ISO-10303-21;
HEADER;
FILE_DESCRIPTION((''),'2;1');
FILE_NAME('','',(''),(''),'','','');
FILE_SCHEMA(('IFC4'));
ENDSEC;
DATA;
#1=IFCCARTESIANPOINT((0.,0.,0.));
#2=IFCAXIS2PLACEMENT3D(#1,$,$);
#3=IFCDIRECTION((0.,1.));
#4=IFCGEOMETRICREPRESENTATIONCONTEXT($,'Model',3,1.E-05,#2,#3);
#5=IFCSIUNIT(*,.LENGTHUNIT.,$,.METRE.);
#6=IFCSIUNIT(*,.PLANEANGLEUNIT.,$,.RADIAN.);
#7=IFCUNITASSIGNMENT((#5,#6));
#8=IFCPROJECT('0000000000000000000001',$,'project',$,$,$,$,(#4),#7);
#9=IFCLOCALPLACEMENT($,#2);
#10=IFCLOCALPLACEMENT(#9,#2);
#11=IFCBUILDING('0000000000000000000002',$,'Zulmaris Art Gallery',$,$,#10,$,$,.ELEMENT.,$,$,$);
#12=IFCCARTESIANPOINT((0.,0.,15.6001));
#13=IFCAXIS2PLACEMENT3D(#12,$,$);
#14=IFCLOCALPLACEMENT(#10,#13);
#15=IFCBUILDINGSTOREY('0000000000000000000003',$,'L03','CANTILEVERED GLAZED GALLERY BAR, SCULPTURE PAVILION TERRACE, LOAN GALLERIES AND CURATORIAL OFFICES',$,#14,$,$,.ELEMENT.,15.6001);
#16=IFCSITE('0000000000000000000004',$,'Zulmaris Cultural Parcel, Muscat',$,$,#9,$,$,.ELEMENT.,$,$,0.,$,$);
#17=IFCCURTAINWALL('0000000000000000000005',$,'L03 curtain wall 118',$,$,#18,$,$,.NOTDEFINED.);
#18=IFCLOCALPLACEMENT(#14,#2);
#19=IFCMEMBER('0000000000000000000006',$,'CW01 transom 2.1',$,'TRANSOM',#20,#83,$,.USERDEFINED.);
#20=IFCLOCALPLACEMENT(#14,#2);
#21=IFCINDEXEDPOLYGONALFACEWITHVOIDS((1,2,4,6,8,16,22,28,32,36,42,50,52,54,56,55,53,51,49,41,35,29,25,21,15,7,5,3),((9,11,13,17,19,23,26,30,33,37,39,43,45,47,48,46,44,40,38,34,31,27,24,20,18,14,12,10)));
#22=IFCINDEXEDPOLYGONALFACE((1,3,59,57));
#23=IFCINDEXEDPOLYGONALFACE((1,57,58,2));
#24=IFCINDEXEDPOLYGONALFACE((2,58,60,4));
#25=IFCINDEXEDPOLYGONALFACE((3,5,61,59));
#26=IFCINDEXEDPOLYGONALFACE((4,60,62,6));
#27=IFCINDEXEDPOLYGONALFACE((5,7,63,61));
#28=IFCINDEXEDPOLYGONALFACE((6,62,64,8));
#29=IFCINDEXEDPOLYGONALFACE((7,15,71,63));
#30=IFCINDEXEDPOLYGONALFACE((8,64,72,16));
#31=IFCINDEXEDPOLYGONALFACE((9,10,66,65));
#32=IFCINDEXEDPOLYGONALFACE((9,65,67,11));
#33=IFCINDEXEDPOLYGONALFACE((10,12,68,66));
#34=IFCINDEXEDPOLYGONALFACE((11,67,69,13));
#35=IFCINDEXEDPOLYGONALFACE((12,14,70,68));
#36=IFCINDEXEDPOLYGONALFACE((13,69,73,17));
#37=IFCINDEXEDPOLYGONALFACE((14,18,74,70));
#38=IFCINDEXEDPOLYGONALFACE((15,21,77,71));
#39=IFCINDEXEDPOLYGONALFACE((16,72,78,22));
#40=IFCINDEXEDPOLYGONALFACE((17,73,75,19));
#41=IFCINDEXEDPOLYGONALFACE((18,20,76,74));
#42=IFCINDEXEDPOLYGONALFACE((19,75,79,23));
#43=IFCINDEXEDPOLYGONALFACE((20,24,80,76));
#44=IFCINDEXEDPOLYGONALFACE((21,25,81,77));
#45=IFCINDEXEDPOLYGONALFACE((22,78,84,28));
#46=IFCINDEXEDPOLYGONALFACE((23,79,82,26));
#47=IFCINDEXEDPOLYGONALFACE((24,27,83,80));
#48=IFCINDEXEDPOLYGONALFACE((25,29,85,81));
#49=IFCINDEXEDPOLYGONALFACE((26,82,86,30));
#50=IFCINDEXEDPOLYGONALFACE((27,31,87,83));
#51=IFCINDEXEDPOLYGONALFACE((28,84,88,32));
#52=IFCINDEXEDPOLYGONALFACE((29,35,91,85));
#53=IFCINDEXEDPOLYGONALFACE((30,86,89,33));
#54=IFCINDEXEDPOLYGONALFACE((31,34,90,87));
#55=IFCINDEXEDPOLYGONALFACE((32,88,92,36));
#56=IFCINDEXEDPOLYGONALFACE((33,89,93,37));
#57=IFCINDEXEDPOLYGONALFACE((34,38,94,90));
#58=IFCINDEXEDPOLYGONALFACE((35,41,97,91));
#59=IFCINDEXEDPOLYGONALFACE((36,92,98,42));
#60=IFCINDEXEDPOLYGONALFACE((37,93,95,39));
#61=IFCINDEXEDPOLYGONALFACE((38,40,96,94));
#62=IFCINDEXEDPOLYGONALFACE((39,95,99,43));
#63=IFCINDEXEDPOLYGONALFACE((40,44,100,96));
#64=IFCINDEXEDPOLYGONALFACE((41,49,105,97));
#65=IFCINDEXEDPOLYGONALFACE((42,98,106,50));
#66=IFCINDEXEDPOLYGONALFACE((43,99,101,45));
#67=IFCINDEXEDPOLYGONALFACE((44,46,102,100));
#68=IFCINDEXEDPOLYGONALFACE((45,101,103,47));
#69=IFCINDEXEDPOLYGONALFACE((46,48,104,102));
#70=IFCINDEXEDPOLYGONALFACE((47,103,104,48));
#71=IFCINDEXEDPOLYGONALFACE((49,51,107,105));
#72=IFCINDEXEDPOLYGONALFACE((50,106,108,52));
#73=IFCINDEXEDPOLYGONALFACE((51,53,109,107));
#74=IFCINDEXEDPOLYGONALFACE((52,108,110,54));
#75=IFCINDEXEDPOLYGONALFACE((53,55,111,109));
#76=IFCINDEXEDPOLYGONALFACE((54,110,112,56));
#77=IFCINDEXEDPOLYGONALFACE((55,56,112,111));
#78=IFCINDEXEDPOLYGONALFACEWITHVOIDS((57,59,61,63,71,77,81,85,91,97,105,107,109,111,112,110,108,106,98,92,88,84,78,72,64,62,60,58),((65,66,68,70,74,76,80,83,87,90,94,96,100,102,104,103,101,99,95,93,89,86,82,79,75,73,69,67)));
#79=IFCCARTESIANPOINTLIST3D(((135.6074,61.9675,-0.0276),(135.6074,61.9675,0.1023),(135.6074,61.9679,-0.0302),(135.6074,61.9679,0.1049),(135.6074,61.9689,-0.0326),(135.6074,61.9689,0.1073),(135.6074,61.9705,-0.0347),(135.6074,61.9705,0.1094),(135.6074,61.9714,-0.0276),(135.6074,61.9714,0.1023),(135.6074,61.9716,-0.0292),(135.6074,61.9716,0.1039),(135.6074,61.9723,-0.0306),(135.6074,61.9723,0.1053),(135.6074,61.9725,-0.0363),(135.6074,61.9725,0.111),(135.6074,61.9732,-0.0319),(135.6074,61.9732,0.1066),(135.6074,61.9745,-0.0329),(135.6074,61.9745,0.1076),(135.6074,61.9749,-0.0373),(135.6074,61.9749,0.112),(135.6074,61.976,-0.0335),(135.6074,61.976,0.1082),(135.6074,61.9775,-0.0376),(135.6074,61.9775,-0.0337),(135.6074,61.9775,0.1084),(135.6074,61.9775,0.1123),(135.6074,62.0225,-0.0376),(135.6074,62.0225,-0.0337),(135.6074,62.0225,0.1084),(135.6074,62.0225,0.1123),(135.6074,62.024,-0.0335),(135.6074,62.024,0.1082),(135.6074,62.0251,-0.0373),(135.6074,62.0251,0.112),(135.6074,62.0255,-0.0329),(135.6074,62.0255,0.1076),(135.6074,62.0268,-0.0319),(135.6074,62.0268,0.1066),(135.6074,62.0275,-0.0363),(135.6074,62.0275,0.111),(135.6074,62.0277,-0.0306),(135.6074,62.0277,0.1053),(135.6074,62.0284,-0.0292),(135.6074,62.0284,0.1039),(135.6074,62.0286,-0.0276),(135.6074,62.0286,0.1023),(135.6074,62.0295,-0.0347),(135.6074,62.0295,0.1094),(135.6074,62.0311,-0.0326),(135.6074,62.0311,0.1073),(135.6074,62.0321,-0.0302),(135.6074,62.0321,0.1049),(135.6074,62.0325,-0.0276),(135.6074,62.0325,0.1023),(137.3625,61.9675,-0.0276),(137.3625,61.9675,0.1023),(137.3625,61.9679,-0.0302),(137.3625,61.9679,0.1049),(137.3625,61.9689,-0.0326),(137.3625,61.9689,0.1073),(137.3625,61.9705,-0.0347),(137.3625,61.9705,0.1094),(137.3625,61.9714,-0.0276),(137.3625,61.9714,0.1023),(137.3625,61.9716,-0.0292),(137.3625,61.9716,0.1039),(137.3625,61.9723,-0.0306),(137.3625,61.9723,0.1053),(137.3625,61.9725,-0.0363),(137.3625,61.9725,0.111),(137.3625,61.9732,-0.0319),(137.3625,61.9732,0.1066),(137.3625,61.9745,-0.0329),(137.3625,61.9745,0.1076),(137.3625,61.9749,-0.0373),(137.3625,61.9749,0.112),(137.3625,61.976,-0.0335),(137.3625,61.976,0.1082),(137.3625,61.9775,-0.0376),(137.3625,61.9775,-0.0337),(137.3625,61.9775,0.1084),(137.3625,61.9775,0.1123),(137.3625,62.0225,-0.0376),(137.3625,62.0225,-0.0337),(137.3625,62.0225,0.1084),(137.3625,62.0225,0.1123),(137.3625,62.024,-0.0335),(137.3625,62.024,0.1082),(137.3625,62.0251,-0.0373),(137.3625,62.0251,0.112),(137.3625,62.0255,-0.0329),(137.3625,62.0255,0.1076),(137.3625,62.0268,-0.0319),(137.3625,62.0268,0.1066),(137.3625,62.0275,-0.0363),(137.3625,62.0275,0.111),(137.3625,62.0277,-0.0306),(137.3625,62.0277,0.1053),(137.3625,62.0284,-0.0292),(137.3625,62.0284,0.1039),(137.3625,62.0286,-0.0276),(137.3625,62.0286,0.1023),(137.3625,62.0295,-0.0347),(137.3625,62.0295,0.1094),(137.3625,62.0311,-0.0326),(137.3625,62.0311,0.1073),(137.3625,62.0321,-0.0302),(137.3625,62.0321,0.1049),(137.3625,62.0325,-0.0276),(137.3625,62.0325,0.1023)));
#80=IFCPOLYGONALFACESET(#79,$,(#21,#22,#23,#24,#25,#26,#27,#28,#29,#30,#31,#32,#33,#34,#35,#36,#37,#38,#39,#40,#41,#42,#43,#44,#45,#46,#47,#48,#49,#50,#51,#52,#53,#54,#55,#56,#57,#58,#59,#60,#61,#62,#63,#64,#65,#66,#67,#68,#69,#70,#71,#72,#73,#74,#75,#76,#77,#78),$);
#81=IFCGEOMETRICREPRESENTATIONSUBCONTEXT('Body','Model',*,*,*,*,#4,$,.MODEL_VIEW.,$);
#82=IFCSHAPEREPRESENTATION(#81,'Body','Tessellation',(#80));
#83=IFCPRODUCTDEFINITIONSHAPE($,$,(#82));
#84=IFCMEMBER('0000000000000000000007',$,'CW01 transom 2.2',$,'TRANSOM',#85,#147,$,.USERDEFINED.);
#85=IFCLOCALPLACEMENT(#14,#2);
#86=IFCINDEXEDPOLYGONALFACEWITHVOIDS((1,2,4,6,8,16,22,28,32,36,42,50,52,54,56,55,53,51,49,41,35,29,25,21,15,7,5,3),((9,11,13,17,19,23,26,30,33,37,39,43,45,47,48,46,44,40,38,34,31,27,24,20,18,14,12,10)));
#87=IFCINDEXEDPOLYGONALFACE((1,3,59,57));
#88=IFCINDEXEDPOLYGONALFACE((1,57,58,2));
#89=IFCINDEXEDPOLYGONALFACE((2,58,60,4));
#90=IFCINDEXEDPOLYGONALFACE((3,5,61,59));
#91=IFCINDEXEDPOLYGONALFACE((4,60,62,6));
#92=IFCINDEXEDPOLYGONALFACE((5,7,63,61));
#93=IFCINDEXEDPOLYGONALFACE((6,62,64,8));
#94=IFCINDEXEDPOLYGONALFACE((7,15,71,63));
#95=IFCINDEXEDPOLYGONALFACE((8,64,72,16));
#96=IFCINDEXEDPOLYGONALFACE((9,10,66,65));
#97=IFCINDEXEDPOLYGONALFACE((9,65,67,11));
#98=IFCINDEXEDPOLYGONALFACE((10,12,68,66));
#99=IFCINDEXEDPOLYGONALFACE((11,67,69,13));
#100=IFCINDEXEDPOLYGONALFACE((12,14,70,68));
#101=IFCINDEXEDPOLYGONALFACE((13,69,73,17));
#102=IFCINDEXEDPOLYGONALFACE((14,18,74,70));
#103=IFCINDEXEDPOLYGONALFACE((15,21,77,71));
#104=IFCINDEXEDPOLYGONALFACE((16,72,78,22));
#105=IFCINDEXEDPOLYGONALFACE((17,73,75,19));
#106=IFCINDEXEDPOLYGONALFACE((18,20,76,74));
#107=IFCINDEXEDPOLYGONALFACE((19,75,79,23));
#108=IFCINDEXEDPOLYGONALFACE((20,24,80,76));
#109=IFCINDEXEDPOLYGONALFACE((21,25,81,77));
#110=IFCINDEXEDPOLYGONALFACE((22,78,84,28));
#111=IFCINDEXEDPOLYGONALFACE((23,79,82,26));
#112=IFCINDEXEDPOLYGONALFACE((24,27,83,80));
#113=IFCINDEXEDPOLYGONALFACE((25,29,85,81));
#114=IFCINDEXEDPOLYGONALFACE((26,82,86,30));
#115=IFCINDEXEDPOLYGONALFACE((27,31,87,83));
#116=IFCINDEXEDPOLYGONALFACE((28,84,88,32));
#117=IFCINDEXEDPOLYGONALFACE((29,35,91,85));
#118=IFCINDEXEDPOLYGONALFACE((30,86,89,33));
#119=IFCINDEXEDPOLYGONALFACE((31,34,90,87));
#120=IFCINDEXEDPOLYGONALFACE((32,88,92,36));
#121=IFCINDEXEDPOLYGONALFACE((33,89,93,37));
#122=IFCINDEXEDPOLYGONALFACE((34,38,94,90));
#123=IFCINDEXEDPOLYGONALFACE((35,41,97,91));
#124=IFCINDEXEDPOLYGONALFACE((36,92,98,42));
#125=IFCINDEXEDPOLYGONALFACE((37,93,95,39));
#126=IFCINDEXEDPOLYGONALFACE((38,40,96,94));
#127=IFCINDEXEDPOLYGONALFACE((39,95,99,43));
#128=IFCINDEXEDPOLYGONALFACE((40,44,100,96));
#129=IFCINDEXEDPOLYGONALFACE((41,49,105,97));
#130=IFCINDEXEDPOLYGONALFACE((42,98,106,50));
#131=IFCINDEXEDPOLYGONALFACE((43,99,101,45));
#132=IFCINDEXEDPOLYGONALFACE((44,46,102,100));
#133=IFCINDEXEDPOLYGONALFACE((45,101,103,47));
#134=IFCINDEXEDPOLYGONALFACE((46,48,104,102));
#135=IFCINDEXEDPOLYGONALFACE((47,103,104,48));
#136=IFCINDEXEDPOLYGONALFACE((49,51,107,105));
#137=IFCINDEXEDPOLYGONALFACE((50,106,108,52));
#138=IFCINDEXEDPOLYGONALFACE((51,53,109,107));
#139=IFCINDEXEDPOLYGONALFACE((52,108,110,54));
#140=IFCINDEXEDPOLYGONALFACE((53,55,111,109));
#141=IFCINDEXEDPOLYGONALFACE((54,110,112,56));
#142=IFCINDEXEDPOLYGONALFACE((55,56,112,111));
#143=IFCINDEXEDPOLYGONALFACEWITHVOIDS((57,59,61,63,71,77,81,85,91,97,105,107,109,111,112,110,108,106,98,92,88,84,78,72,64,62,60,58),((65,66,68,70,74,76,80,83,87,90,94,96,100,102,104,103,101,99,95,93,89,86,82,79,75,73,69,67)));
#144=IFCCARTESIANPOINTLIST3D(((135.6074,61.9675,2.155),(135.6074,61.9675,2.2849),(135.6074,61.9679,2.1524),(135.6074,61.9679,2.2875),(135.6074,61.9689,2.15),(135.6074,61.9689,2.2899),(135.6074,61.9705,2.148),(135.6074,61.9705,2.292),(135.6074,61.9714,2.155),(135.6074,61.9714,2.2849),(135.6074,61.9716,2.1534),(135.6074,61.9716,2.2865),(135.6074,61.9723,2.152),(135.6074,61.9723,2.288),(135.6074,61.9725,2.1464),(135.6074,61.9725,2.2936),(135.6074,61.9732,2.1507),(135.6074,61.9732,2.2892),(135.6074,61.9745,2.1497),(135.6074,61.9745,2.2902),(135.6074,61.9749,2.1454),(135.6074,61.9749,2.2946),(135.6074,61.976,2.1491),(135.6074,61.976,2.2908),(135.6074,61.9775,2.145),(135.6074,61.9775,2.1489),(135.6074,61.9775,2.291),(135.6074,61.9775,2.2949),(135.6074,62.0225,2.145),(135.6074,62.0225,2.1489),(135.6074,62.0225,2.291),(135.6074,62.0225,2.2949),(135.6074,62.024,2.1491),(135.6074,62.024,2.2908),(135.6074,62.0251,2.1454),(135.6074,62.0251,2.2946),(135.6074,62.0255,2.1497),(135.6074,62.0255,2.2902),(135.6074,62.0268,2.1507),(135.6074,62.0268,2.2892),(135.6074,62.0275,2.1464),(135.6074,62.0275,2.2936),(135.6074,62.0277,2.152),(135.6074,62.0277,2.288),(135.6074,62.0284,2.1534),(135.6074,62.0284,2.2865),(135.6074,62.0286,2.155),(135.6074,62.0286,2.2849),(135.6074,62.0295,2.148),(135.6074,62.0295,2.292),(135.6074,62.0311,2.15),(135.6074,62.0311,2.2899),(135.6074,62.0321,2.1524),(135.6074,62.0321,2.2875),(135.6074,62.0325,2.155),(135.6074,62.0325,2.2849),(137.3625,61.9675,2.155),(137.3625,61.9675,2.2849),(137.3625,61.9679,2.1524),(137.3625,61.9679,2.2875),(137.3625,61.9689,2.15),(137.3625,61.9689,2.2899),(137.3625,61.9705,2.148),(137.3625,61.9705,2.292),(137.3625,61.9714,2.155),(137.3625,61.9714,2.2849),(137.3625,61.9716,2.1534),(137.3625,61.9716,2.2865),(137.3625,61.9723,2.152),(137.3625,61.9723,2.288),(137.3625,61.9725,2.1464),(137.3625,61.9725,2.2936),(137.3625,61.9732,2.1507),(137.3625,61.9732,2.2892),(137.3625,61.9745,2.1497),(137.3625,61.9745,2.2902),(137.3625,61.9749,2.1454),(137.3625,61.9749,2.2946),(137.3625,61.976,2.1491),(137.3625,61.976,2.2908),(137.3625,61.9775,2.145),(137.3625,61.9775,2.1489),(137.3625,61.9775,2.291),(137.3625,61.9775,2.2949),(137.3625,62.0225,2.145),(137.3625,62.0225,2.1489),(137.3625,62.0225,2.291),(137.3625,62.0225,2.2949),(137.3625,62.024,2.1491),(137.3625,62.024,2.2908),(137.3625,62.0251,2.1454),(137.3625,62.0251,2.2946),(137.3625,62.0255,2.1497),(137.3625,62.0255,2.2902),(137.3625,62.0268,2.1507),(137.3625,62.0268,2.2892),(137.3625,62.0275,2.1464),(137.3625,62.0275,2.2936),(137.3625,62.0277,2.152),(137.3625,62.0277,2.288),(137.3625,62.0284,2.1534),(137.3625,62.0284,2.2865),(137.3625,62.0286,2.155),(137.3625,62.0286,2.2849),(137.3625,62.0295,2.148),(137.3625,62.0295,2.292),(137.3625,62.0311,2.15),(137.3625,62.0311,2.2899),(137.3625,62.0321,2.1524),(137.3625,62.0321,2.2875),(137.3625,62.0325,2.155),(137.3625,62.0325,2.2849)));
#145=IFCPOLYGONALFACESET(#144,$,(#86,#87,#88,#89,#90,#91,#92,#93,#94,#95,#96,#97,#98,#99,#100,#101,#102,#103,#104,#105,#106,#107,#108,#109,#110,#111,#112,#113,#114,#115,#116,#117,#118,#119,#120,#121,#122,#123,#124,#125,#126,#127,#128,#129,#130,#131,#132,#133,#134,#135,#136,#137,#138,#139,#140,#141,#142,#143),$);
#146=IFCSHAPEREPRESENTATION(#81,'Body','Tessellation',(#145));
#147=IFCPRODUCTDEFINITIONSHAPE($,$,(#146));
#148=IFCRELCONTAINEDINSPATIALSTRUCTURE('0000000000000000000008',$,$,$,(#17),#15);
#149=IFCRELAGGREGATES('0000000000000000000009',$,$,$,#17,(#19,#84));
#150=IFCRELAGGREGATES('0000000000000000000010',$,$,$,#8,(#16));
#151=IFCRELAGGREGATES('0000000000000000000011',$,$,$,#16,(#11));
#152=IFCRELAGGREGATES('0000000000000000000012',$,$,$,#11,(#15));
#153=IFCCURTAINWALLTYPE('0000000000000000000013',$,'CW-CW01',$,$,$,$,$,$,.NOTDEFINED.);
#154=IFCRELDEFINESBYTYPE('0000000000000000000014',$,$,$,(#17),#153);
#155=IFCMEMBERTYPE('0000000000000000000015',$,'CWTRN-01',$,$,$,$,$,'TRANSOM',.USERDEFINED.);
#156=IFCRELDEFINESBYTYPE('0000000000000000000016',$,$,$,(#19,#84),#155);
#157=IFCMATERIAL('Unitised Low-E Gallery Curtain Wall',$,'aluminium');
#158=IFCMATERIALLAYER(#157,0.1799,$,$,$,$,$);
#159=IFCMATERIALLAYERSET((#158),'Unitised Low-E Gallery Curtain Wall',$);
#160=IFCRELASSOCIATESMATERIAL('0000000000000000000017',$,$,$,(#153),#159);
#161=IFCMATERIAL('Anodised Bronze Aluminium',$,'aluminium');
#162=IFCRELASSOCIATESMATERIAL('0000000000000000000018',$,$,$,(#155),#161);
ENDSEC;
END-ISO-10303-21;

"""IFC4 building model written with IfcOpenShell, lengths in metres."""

from ifc_helpers import new_model, si_unit, direction, frame, origin, origin_2d, place, context, subcontext, project, spatial, hollow_rectangle, extrude, material, layer, layer_set, material_profile, profile_set, type_object, element, aggregate, save


model = new_model("IFC4")

# Units and contexts
model_context = context("Model", 3, precision=1e-05, world=origin(), true_north=direction((0.0, 1.0)))
body_context = subcontext(model_context, "Body", "Model", "MODEL_VIEW")
ifc_project = project(units=[si_unit("LENGTHUNIT", "METRE"), si_unit("PLANEANGLEUNIT", "RADIAN")], contexts=[model_context])

# Site, building, storey
site_placement = place(None, origin())
site = spatial("IfcSite", under=ifc_project, at=site_placement, Name="Zulmaris Cultural Parcel, Muscat", CompositionType="ELEMENT", RefElevation=0.0)
building_placement = place(site_placement, origin())
building = spatial("IfcBuilding", under=site, at=building_placement, Name="Zulmaris Art Gallery", CompositionType="ELEMENT")
storey_placement = place(building_placement, frame((0.0, 0.0, 15.6001)))
storey = spatial("IfcBuildingStorey", under=building, at=storey_placement, Name="L03", Description="CANTILEVERED GLAZED GALLERY BAR, SCULPTURE PAVILION TERRACE, LOAN GALLERIES AND CURATORIAL OFFICES", CompositionType="ELEMENT", Elevation=15.6001)

# Curtain wall
ifc_material_1 = material(Name="Unitised Low-E Gallery Curtain Wall", Category="aluminium")
ifc_layer_1 = layer(ifc_material_1, 0.1799)
ifc_layer_set_1 = layer_set([ifc_layer_1], Name="Unitised Low-E Gallery Curtain Wall")
curtain_wall_type = type_object("IfcCurtainWallType", Name="CW-CW01", PredefinedType="NOTDEFINED", material=ifc_layer_set_1)
ifc_material_2 = material(Name="Anodised Bronze Aluminium", Category="aluminium")
curtain_wall_1_placement = place(storey_placement, origin())
curtain_wall_1 = element("IfcCurtainWall", 1, at=curtain_wall_1_placement, inside=storey, type_object=curtain_wall_type, Name="L03 curtain wall 118", PredefinedType="NOTDEFINED")

# Members
ifc_material_profile_1 = material_profile(ifc_material_2, hollow_rectangle(XDim=0.0649, YDim=0.1499, WallThickness=0.0039, InnerFilletRadius=0.0061, OuterFilletRadius=0.01, at=origin_2d()), Name="ALU 65x150x4")
ifc_profile_set_1 = profile_set([ifc_material_profile_1], Name="Anodised Bronze Aluminium")
member_type_1 = type_object("IfcMemberType", Name="CWTRN-01", ElementType="TRANSOM", PredefinedType="USERDEFINED", material=ifc_profile_set_1)
member_1_placement = place(storey_placement, frame((135.6074, 62.0, 0.0374), z_axis=(1.0, 0.0, 0.0), x_axis=(0.0, 1.0, 0.0)))
member_1 = element("IfcMember", 2, at=member_1_placement, type_object=member_type_1, Name="CW01 transom 2.1", ObjectType="TRANSOM", PredefinedType="USERDEFINED", context=body_context, shape_type="SweptSolid", body=[
    extrude(hollow_rectangle(XDim=0.0649, YDim=0.1499, WallThickness=0.0039, InnerFilletRadius=0.0061, OuterFilletRadius=0.01, at=origin_2d()), origin(), (0.0, 0.0, 1.0), 1.7551),
])
member_2_placement = place(storey_placement, frame((135.6074, 62.0, 2.22), z_axis=(1.0, 0.0, 0.0), x_axis=(0.0, 1.0, 0.0)))
member_2 = element("IfcMember", 3, at=member_2_placement, type_object=member_type_1, Name="CW01 transom 2.2", ObjectType="TRANSOM", PredefinedType="USERDEFINED", context=body_context, shape_type="SweptSolid", body=[
    extrude(hollow_rectangle(XDim=0.0649, YDim=0.1499, WallThickness=0.0039, InnerFilletRadius=0.0061, OuterFilletRadius=0.01, at=origin_2d()), origin(), (0.0, 0.0, 1.0), 1.7551),
])

aggregate(curtain_wall_1, [member_1, member_2])

save(model, "model.ifc")
